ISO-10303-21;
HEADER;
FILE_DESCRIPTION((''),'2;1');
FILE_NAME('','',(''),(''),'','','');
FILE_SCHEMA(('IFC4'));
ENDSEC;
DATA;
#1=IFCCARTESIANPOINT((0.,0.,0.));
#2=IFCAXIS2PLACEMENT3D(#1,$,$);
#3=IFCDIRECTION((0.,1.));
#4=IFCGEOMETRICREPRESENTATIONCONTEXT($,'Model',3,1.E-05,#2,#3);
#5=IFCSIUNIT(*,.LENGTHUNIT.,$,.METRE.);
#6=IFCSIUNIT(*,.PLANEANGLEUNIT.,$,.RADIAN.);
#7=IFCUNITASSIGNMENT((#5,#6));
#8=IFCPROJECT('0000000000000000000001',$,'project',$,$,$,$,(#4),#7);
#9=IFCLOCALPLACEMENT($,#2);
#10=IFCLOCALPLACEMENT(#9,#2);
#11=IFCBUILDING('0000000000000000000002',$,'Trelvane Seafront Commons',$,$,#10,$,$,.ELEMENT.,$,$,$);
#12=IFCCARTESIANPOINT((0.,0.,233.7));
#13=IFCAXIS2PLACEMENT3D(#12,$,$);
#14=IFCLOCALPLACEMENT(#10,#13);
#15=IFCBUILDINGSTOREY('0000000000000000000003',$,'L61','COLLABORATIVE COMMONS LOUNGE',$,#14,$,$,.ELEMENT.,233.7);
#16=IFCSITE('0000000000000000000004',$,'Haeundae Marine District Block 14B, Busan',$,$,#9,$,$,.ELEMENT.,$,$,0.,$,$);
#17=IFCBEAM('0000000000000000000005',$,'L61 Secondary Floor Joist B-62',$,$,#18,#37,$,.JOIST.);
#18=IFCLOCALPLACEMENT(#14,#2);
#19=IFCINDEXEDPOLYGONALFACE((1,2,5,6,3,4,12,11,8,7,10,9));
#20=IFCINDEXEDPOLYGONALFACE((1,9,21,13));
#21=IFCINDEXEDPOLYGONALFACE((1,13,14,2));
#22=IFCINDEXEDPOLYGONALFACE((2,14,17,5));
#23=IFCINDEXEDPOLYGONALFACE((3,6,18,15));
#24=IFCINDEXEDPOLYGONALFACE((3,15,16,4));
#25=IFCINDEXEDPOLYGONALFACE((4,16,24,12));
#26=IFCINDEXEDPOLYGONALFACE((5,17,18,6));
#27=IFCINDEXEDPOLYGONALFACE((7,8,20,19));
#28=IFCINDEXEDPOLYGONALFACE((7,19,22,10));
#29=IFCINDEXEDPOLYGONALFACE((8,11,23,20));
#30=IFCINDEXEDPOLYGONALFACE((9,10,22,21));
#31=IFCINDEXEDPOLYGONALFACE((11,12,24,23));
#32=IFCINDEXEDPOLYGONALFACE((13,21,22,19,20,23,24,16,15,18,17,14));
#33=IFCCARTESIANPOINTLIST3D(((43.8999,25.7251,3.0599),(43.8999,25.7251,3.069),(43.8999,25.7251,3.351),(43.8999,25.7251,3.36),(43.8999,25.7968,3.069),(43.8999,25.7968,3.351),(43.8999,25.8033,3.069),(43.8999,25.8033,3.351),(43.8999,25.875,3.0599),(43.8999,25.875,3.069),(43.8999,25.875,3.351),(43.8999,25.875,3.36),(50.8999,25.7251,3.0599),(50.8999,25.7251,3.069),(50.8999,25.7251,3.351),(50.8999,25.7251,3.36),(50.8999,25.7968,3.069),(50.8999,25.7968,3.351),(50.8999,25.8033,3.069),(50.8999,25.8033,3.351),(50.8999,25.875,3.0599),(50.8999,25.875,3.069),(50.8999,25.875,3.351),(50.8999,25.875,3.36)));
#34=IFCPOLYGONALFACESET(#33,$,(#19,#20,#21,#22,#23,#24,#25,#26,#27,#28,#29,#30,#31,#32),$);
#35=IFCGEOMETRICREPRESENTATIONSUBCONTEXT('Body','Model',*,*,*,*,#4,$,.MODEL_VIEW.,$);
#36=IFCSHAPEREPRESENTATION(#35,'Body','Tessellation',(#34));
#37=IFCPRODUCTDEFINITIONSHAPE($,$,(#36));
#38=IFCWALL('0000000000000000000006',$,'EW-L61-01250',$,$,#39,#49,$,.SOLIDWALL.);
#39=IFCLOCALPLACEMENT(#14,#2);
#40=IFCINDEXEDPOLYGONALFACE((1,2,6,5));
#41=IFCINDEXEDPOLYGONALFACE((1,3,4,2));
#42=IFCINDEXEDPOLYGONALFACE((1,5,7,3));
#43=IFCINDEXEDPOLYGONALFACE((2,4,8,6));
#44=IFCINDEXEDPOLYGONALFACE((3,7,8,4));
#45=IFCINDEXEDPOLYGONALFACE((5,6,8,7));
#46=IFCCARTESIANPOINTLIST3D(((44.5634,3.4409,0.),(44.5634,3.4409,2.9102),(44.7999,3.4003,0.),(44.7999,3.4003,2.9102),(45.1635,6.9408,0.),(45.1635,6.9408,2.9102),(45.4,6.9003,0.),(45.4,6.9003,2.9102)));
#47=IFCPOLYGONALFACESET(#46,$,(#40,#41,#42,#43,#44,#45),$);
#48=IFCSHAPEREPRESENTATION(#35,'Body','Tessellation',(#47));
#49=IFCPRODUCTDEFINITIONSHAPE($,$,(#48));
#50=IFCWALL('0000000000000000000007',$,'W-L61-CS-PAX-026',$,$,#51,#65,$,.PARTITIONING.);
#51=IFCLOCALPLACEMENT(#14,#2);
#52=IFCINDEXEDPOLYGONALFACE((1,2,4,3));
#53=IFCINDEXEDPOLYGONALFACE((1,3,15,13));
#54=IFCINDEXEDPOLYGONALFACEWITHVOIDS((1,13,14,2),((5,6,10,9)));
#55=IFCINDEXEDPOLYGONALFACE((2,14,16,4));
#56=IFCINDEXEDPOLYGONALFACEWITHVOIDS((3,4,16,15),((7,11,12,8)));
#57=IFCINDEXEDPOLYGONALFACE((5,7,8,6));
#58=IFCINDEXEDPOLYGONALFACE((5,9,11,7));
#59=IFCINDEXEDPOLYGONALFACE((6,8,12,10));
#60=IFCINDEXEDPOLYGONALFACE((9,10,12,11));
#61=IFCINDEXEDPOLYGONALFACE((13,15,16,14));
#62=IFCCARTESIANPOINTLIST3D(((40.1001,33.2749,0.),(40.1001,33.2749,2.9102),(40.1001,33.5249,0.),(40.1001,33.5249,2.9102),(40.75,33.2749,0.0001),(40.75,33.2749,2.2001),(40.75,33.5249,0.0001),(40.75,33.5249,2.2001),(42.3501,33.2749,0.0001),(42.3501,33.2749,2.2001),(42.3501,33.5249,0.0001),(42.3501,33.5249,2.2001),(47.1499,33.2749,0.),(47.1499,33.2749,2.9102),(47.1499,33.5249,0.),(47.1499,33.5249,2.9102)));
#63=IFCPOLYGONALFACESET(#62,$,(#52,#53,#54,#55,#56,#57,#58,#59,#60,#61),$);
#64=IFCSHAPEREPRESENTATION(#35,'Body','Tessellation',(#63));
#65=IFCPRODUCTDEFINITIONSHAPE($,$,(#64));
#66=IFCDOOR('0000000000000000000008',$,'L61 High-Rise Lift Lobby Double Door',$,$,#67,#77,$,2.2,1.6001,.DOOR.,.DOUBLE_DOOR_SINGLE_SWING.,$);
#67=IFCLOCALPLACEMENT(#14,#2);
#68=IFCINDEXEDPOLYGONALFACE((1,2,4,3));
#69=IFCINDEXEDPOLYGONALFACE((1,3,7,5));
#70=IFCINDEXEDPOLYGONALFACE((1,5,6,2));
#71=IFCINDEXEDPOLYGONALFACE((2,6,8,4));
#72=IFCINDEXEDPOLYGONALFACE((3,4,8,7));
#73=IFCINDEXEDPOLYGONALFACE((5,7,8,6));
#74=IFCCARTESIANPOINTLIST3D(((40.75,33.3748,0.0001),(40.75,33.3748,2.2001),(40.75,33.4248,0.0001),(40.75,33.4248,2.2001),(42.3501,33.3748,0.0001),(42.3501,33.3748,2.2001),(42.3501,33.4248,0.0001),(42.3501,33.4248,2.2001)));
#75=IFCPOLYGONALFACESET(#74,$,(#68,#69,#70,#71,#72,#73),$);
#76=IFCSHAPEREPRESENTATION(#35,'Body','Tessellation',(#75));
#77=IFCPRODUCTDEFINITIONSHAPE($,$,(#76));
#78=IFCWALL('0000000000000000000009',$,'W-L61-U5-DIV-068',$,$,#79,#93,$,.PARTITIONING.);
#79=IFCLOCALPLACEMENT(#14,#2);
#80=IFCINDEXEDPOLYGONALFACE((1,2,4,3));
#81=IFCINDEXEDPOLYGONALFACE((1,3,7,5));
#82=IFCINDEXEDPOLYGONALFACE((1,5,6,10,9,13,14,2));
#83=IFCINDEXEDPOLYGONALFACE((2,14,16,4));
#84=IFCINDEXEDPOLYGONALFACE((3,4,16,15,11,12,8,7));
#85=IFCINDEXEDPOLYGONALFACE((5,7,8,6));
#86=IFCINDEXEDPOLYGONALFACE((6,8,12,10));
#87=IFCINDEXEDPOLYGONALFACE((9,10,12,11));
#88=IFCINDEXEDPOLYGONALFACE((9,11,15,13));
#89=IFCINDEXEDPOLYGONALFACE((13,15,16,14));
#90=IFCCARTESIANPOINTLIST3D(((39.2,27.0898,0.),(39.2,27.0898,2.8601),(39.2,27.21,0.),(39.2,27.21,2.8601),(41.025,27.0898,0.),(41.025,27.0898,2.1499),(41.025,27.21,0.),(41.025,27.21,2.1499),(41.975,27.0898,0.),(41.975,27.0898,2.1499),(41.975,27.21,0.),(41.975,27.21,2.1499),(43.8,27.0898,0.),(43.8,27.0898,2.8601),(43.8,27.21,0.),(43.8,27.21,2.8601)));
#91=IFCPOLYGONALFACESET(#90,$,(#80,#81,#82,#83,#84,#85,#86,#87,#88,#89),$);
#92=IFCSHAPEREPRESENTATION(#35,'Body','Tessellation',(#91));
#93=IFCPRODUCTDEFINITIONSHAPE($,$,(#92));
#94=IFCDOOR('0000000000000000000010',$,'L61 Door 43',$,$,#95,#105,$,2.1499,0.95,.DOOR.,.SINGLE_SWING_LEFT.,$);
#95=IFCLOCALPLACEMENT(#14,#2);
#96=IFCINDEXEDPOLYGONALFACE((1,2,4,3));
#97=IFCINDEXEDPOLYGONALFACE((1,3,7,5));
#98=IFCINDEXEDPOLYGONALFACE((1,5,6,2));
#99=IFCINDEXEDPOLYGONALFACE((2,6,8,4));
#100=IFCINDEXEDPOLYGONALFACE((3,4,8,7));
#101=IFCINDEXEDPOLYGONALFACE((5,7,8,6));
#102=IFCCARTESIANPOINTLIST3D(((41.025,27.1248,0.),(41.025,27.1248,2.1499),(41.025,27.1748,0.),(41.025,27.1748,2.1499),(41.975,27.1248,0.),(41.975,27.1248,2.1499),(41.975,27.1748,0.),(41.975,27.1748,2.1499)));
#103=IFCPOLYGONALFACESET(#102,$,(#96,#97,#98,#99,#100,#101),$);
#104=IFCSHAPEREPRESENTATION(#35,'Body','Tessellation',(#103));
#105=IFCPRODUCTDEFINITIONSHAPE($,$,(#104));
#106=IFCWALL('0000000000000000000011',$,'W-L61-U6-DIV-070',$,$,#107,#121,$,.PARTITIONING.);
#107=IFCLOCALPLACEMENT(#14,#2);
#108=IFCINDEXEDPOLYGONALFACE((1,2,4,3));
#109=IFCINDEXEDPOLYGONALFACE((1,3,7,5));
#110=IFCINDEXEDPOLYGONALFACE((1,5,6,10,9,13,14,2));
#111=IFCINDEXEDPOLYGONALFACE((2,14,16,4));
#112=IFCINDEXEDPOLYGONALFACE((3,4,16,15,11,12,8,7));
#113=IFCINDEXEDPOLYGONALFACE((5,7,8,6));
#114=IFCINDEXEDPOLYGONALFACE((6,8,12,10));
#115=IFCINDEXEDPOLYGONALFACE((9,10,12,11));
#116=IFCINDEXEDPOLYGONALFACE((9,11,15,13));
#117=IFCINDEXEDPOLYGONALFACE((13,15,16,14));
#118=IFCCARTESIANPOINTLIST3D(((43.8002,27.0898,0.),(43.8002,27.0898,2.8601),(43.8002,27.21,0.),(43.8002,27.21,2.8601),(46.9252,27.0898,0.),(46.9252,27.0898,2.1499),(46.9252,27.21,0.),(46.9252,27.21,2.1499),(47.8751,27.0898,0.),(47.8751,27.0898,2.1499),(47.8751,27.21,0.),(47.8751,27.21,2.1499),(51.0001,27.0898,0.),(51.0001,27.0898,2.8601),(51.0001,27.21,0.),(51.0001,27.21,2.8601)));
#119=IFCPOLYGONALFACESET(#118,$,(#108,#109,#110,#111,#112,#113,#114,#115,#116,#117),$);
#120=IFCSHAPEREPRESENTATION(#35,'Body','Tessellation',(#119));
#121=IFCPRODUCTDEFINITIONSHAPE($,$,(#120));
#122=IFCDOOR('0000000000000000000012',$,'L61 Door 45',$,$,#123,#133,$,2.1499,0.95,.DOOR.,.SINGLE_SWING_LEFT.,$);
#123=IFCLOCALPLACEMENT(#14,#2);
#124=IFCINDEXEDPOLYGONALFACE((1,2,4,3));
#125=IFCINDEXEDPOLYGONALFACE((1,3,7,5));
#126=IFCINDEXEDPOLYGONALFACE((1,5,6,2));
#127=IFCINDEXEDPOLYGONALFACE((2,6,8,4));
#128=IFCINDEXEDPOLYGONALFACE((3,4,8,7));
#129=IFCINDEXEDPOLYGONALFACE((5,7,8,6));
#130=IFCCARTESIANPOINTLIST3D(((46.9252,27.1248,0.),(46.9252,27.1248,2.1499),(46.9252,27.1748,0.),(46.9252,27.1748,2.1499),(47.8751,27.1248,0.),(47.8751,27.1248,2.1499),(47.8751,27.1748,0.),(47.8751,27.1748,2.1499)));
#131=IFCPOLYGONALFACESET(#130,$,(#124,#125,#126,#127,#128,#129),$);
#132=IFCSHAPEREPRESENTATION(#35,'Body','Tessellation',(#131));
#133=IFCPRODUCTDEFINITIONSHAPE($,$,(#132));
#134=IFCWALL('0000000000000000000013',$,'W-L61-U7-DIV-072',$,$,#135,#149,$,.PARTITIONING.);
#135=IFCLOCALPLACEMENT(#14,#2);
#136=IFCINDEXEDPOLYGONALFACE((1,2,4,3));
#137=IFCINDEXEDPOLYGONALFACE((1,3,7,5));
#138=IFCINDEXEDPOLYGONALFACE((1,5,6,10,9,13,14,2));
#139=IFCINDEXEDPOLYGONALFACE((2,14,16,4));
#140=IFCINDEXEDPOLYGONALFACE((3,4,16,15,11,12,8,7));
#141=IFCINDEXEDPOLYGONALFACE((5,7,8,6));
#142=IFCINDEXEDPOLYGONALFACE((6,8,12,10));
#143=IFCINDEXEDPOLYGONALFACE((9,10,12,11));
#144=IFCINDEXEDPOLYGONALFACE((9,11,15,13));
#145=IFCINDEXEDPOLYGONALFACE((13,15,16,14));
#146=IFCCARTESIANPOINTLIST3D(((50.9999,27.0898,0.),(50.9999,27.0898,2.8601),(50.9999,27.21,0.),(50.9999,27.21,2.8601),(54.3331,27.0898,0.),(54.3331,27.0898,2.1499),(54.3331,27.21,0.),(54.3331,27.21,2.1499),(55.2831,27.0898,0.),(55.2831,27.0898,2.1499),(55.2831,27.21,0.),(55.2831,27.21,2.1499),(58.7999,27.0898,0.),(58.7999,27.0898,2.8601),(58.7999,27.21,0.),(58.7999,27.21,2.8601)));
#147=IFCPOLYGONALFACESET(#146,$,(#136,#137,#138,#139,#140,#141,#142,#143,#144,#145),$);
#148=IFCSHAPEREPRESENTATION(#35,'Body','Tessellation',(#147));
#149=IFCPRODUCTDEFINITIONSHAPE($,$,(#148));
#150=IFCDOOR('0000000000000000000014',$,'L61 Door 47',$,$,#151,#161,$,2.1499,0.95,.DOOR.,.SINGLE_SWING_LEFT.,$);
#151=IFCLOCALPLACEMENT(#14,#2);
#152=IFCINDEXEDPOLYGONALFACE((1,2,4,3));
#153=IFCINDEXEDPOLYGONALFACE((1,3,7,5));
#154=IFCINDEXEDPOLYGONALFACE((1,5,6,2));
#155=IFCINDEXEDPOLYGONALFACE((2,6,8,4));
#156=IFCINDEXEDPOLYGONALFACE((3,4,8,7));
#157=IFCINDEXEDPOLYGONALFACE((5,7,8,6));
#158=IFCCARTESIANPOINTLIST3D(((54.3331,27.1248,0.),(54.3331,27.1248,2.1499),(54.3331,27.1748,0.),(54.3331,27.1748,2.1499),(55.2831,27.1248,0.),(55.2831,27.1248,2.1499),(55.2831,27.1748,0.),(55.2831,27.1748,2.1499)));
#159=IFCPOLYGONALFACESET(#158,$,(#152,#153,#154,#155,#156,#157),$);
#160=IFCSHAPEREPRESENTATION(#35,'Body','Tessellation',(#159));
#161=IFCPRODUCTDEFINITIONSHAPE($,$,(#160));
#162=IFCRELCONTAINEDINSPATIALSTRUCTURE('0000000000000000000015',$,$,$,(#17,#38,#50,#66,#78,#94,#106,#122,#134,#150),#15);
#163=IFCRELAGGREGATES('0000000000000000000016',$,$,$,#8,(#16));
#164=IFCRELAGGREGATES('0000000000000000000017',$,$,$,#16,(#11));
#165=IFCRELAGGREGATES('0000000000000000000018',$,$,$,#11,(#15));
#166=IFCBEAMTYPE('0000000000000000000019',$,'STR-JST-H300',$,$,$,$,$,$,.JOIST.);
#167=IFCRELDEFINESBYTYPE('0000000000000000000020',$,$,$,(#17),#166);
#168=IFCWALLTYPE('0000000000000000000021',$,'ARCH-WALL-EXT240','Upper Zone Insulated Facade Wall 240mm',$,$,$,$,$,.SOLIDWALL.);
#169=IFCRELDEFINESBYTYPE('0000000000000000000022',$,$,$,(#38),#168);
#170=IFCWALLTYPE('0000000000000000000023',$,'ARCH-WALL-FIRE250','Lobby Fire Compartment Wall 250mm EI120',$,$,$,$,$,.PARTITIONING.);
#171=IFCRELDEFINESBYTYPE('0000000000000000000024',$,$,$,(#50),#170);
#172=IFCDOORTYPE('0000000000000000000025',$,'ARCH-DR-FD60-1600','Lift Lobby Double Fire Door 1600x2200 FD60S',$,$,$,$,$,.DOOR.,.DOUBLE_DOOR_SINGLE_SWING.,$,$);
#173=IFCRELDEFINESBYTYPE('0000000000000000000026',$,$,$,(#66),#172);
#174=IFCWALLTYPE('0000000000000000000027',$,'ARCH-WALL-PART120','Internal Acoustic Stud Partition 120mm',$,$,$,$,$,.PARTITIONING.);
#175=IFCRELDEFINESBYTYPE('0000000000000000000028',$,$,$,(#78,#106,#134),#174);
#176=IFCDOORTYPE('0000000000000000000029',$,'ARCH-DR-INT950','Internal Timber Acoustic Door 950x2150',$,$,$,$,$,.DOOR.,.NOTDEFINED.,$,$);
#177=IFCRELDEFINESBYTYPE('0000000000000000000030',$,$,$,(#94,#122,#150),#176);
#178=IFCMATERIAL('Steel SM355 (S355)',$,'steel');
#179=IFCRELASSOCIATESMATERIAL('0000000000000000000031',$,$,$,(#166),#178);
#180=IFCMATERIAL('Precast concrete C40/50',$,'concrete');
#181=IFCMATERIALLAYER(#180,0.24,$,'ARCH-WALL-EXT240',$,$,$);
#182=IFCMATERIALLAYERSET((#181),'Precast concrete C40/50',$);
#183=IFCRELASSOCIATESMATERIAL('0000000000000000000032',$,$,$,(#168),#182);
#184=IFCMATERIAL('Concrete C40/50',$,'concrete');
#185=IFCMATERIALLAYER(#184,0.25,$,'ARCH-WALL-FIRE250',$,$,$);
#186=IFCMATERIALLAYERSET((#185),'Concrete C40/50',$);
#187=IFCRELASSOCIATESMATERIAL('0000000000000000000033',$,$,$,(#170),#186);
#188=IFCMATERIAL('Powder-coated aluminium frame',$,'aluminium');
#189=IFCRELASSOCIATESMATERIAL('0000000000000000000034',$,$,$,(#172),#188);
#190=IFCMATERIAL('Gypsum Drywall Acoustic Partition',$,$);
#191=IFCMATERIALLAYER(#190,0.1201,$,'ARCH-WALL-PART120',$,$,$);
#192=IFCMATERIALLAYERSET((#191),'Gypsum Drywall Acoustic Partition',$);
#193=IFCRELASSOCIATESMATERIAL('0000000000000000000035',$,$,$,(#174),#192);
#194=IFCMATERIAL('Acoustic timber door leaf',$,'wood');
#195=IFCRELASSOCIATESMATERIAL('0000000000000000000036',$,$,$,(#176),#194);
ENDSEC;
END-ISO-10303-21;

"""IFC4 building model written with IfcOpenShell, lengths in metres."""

from ifc_helpers import new_model, si_unit, direction, frame, frame_2d, origin, origin_2d, place, context, subcontext, project, spatial, rectangle, i_section, extrude, source, transform, mapped, material, layer, layer_set, material_profile, profile_set, type_object, element, fill, save


model = new_model("IFC4")

# Units and contexts
model_context = context("Model", 3, precision=1e-05, world=origin(), true_north=direction((0.0, 1.0)))
body_context = subcontext(model_context, "Body", "Model", "MODEL_VIEW")
ifc_project = project(units=[si_unit("LENGTHUNIT", "METRE"), si_unit("PLANEANGLEUNIT", "RADIAN")], contexts=[model_context])

# Site, building, storey
site_placement = place(None, origin())
site = spatial("IfcSite", under=ifc_project, at=site_placement, Name="Haeundae Marine District Block 14B, Busan", CompositionType="ELEMENT", RefElevation=0.0)
building_placement = place(site_placement, origin())
building = spatial("IfcBuilding", under=site, at=building_placement, Name="Trelvane Seafront Commons", CompositionType="ELEMENT")
storey_placement = place(building_placement, frame((0.0, 0.0, 233.7)))
storey = spatial("IfcBuildingStorey", under=building, at=storey_placement, Name="L61", Description="COLLABORATIVE COMMONS LOUNGE", CompositionType="ELEMENT", Elevation=233.7)

# Shared definitions
ifc_material_1 = material(Name="Steel SM355 (S355)", Category="steel")

# Beam
ifc_material_profile_1 = material_profile(ifc_material_1, i_section(OverallWidth=0.1499, OverallDepth=0.3, WebThickness=0.0066, FlangeThickness=0.009, at=origin_2d()), Name="H-300x150x6.5x9")
ifc_profile_set_1 = profile_set([ifc_material_profile_1], Name="Steel SM355 (S355)")
beam_type_1 = type_object("IfcBeamType", Name="STR-JST-H300", PredefinedType="JOIST", material=ifc_profile_set_1)
shared_shape_1 = source(origin(), body_context, "Body", "SweptSolid", [
    extrude(i_section(OverallWidth=0.1499, OverallDepth=0.3, WebThickness=0.0066, FlangeThickness=0.009, at=origin_2d()), origin(), (0.0, 0.0, 1.0), 7.0),
])
beam_1_placement = place(storey_placement, frame((43.8999, 25.8, 3.21), z_axis=(1.0, 0.0, 0.0), x_axis=(0.0, 1.0, 0.0)))
element("IfcBeam", 1, at=beam_1_placement, inside=storey, type_object=beam_type_1, Name="L61 Secondary Floor Joist B-62", PredefinedType="JOIST", context=body_context, shape_type="MappedRepresentation", body=[
    mapped(shared_shape_1, transform((0.0, 0.0, 0.0), x_axis=(1.0, 0.0, 0.0), y_axis=(0.0, 1.0, 0.0), z_axis=(0.0, 0.0, 1.0), scale=1.0)),
])

# Wall
ifc_material_2 = material(Name="Precast concrete C40/50", Category="concrete")
ifc_layer_1 = layer(ifc_material_2, 0.24, Name="ARCH-WALL-EXT240")
ifc_layer_set_1 = layer_set([ifc_layer_1], Name="Precast concrete C40/50")
wall_type_1 = type_object("IfcWallType", Name="ARCH-WALL-EXT240", Description="Upper Zone Insulated Facade Wall 240mm", PredefinedType="SOLIDWALL", material=ifc_layer_set_1)
wall_1_placement = place(storey_placement, frame((45.2817, 6.9204, 0.0), z_axis=(0.0, 0.0, 1.0), x_axis=(-0.168991, -0.985618, 0.0)))
element("IfcWall", 2, at=wall_1_placement, inside=storey, type_object=wall_type_1, Name="EW-L61-01250", PredefinedType="SOLIDWALL", context=body_context, shape_type="SweptSolid", body=[
    extrude(rectangle(XDim=3.551, YDim=0.24, at=frame_2d((1.7754, 0.0))), origin(), (0.0, 0.0, 1.0), 2.9102),
])

# Wall, opening, door
ifc_material_3 = material(Name="Concrete C40/50", Category="concrete")
ifc_layer_2 = layer(ifc_material_3, 0.25, Name="ARCH-WALL-FIRE250")
ifc_layer_set_2 = layer_set([ifc_layer_2], Name="Concrete C40/50")
wall_type_2 = type_object("IfcWallType", Name="ARCH-WALL-FIRE250", Description="Lobby Fire Compartment Wall 250mm EI120", PredefinedType="PARTITIONING", material=ifc_layer_set_2)
wall_2_placement = place(storey_placement, frame((40.1001, 33.3999, 0.0), z_axis=(0.0, 0.0, 1.0), x_axis=(1.0, 0.0, 0.0)))
wall_2 = element("IfcWall", 3, at=wall_2_placement, inside=storey, type_object=wall_type_2, Name="W-L61-CS-PAX-026", PredefinedType="PARTITIONING", context=body_context, shape_type="SweptSolid", body=[
    extrude(rectangle(XDim=7.0498, YDim=0.25, at=frame_2d((3.5249, 0.0))), origin(), (0.0, 0.0, 1.0), 2.9102),
])
opening_1_placement = place(wall_2_placement, frame((0.6499, 0.0, 0.0)))
opening_1 = element("IfcOpeningElement", 4, at=opening_1_placement, cuts=wall_2, PredefinedType="OPENING", context=body_context, shape_type="SweptSolid", body=[
    extrude(rectangle(XDim=1.6001, YDim=2.2, at=frame_2d((0.8, 1.1001))), frame((0.0, 0.135, 0.0), z_axis=(0.0, -1.0, 0.0), x_axis=(1.0, 0.0, 0.0)), (0.0, 0.0, 1.0), 0.27),
])
ifc_material_4 = material(Name="Powder-coated aluminium frame", Category="aluminium")
door_type_1 = type_object("IfcDoorType", Name="ARCH-DR-FD60-1600", Description="Lift Lobby Double Fire Door 1600x2200 FD60S", OperationType="DOUBLE_DOOR_SINGLE_SWING", PredefinedType="DOOR", material=ifc_material_4)
shared_shape_2 = source(origin(), body_context, "Body", "SweptSolid", [
    extrude(rectangle(XDim=1.6001, YDim=2.2, at=frame_2d((0.8, 1.1001))), frame((0.0, 0.0249, 0.0), z_axis=(0.0, -1.0, 0.0), x_axis=(1.0, 0.0, 0.0)), (0.0, 0.0, 1.0), 0.05),
])
door_1_placement = place(opening_1_placement, origin())
door_1 = element("IfcDoor", 5, at=door_1_placement, inside=storey, type_object=door_type_1, Name="L61 High-Rise Lift Lobby Double Door", OperationType="DOUBLE_DOOR_SINGLE_SWING", OverallHeight=2.2, OverallWidth=1.6001, PredefinedType="DOOR", context=body_context, shape_type="MappedRepresentation", body=[
    mapped(shared_shape_2, transform((0.0, 0.0, 0.0), x_axis=(1.0, 0.0, 0.0), y_axis=(0.0, 1.0, 0.0), z_axis=(0.0, 0.0, 1.0), scale=1.0)),
])
fill(opening_1, door_1)

# Shared definitions
shared_shape_3 = source(origin(), body_context, "Body", "SweptSolid", [
    extrude(rectangle(XDim=0.95, YDim=2.1499, at=frame_2d((0.4751, 1.075))), frame((0.0, 0.0249, 0.0), z_axis=(0.0, -1.0, 0.0), x_axis=(1.0, 0.0, 0.0)), (0.0, 0.0, 1.0), 0.05),
])

# Walls, openings, doors
ifc_material_5 = material(Name="Gypsum Drywall Acoustic Partition")
ifc_layer_3 = layer(ifc_material_5, 0.1201, Name="ARCH-WALL-PART120")
ifc_layer_set_3 = layer_set([ifc_layer_3], Name="Gypsum Drywall Acoustic Partition")
wall_type_3 = type_object("IfcWallType", Name="ARCH-WALL-PART120", Description="Internal Acoustic Stud Partition 120mm", PredefinedType="PARTITIONING", material=ifc_layer_set_3)
wall_3_placement = place(storey_placement, frame((39.2, 27.1499, 0.0), z_axis=(0.0, 0.0, 1.0), x_axis=(1.0, 0.0, 0.0)))
wall_3 = element("IfcWall", 6, at=wall_3_placement, inside=storey, type_object=wall_type_3, Name="W-L61-U5-DIV-068", PredefinedType="PARTITIONING", context=body_context, shape_type="SweptSolid", body=[
    extrude(rectangle(XDim=4.6001, YDim=0.1201, at=frame_2d((2.3, 0.0))), origin(), (0.0, 0.0, 1.0), 2.8601),
])
opening_2_placement = place(wall_3_placement, frame((1.825, 0.0, 0.0)))
opening_2 = element("IfcOpeningElement", 7, at=opening_2_placement, cuts=wall_3, PredefinedType="OPENING", context=body_context, shape_type="SweptSolid", body=[
    extrude(rectangle(XDim=0.95, YDim=2.1499, at=frame_2d((0.4751, 1.075))), frame((0.0, 0.0701, 0.0), z_axis=(0.0, -1.0, 0.0), x_axis=(1.0, 0.0, 0.0)), (0.0, 0.0, 1.0), 0.1401),
])
ifc_material_6 = material(Name="Acoustic timber door leaf", Category="wood")
door_type_2 = type_object("IfcDoorType", Name="ARCH-DR-INT950", Description="Internal Timber Acoustic Door 950x2150", OperationType="NOTDEFINED", PredefinedType="DOOR", material=ifc_material_6)
door_2_placement = place(opening_2_placement, origin())
door_2 = element("IfcDoor", 8, at=door_2_placement, inside=storey, type_object=door_type_2, Name="L61 Door 43", OperationType="SINGLE_SWING_LEFT", OverallHeight=2.1499, OverallWidth=0.95, PredefinedType="DOOR", context=body_context, shape_type="MappedRepresentation", body=[
    mapped(shared_shape_3, transform((0.0, 0.0, 0.0), x_axis=(1.0, 0.0, 0.0), y_axis=(0.0, 1.0, 0.0), z_axis=(0.0, 0.0, 1.0), scale=1.0)),
])
fill(opening_2, door_2)
wall_4_placement = place(storey_placement, frame((43.8, 27.1499, 0.0), z_axis=(0.0, 0.0, 1.0), x_axis=(1.0, 0.0, 0.0)))
wall_4 = element("IfcWall", 9, at=wall_4_placement, inside=storey, type_object=wall_type_3, Name="W-L61-U6-DIV-070", PredefinedType="PARTITIONING", context=body_context, shape_type="SweptSolid", body=[
    extrude(rectangle(XDim=7.2, YDim=0.1201, at=frame_2d((3.6001, 0.0))), origin(), (0.0, 0.0, 1.0), 2.8601),
])
opening_3_placement = place(wall_4_placement, frame((3.125, 0.0, 0.0)))
opening_3 = element("IfcOpeningElement", 10, at=opening_3_placement, cuts=wall_4, PredefinedType="OPENING", context=body_context, shape_type="SweptSolid", body=[
    extrude(rectangle(XDim=0.95, YDim=2.1499, at=frame_2d((0.4751, 1.075))), frame((0.0, 0.0701, 0.0), z_axis=(0.0, -1.0, 0.0), x_axis=(1.0, 0.0, 0.0)), (0.0, 0.0, 1.0), 0.1401),
])
door_3_placement = place(opening_3_placement, origin())
door_3 = element("IfcDoor", 11, at=door_3_placement, inside=storey, type_object=door_type_2, Name="L61 Door 45", OperationType="SINGLE_SWING_LEFT", OverallHeight=2.1499, OverallWidth=0.95, PredefinedType="DOOR", context=body_context, shape_type="MappedRepresentation", body=[
    mapped(shared_shape_3, transform((0.0, 0.0, 0.0), x_axis=(1.0, 0.0, 0.0), y_axis=(0.0, 1.0, 0.0), z_axis=(0.0, 0.0, 1.0), scale=1.0)),
])
fill(opening_3, door_3)
wall_5_placement = place(storey_placement, frame((51.0, 27.1499, 0.0), z_axis=(0.0, 0.0, 1.0), x_axis=(1.0, 0.0, 0.0)))
wall_5 = element("IfcWall", 12, at=wall_5_placement, inside=storey, type_object=wall_type_3, Name="W-L61-U7-DIV-072", PredefinedType="PARTITIONING", context=body_context, shape_type="SweptSolid", body=[
    extrude(rectangle(XDim=7.8, YDim=0.1201, at=frame_2d((3.8999, 0.0))), origin(), (0.0, 0.0, 1.0), 2.8601),
])
opening_4_placement = place(wall_5_placement, frame((3.333, 0.0, 0.0)))
opening_4 = element("IfcOpeningElement", 13, at=opening_4_placement, cuts=wall_5, PredefinedType="OPENING", context=body_context, shape_type="SweptSolid", body=[
    extrude(rectangle(XDim=0.95, YDim=2.1499, at=frame_2d((0.4751, 1.075))), frame((0.0, 0.0701, 0.0), z_axis=(0.0, -1.0, 0.0), x_axis=(1.0, 0.0, 0.0)), (0.0, 0.0, 1.0), 0.1401),
])
door_4_placement = place(opening_4_placement, origin())
door_4 = element("IfcDoor", 14, at=door_4_placement, inside=storey, type_object=door_type_2, Name="L61 Door 47", OperationType="SINGLE_SWING_LEFT", OverallHeight=2.1499, OverallWidth=0.95, PredefinedType="DOOR", context=body_context, shape_type="MappedRepresentation", body=[
    mapped(shared_shape_3, transform((0.0, 0.0, 0.0), x_axis=(1.0, 0.0, 0.0), y_axis=(0.0, 1.0, 0.0), z_axis=(0.0, 0.0, 1.0), scale=1.0)),
])
fill(opening_4, door_4)

save(model, "model.ifc")
